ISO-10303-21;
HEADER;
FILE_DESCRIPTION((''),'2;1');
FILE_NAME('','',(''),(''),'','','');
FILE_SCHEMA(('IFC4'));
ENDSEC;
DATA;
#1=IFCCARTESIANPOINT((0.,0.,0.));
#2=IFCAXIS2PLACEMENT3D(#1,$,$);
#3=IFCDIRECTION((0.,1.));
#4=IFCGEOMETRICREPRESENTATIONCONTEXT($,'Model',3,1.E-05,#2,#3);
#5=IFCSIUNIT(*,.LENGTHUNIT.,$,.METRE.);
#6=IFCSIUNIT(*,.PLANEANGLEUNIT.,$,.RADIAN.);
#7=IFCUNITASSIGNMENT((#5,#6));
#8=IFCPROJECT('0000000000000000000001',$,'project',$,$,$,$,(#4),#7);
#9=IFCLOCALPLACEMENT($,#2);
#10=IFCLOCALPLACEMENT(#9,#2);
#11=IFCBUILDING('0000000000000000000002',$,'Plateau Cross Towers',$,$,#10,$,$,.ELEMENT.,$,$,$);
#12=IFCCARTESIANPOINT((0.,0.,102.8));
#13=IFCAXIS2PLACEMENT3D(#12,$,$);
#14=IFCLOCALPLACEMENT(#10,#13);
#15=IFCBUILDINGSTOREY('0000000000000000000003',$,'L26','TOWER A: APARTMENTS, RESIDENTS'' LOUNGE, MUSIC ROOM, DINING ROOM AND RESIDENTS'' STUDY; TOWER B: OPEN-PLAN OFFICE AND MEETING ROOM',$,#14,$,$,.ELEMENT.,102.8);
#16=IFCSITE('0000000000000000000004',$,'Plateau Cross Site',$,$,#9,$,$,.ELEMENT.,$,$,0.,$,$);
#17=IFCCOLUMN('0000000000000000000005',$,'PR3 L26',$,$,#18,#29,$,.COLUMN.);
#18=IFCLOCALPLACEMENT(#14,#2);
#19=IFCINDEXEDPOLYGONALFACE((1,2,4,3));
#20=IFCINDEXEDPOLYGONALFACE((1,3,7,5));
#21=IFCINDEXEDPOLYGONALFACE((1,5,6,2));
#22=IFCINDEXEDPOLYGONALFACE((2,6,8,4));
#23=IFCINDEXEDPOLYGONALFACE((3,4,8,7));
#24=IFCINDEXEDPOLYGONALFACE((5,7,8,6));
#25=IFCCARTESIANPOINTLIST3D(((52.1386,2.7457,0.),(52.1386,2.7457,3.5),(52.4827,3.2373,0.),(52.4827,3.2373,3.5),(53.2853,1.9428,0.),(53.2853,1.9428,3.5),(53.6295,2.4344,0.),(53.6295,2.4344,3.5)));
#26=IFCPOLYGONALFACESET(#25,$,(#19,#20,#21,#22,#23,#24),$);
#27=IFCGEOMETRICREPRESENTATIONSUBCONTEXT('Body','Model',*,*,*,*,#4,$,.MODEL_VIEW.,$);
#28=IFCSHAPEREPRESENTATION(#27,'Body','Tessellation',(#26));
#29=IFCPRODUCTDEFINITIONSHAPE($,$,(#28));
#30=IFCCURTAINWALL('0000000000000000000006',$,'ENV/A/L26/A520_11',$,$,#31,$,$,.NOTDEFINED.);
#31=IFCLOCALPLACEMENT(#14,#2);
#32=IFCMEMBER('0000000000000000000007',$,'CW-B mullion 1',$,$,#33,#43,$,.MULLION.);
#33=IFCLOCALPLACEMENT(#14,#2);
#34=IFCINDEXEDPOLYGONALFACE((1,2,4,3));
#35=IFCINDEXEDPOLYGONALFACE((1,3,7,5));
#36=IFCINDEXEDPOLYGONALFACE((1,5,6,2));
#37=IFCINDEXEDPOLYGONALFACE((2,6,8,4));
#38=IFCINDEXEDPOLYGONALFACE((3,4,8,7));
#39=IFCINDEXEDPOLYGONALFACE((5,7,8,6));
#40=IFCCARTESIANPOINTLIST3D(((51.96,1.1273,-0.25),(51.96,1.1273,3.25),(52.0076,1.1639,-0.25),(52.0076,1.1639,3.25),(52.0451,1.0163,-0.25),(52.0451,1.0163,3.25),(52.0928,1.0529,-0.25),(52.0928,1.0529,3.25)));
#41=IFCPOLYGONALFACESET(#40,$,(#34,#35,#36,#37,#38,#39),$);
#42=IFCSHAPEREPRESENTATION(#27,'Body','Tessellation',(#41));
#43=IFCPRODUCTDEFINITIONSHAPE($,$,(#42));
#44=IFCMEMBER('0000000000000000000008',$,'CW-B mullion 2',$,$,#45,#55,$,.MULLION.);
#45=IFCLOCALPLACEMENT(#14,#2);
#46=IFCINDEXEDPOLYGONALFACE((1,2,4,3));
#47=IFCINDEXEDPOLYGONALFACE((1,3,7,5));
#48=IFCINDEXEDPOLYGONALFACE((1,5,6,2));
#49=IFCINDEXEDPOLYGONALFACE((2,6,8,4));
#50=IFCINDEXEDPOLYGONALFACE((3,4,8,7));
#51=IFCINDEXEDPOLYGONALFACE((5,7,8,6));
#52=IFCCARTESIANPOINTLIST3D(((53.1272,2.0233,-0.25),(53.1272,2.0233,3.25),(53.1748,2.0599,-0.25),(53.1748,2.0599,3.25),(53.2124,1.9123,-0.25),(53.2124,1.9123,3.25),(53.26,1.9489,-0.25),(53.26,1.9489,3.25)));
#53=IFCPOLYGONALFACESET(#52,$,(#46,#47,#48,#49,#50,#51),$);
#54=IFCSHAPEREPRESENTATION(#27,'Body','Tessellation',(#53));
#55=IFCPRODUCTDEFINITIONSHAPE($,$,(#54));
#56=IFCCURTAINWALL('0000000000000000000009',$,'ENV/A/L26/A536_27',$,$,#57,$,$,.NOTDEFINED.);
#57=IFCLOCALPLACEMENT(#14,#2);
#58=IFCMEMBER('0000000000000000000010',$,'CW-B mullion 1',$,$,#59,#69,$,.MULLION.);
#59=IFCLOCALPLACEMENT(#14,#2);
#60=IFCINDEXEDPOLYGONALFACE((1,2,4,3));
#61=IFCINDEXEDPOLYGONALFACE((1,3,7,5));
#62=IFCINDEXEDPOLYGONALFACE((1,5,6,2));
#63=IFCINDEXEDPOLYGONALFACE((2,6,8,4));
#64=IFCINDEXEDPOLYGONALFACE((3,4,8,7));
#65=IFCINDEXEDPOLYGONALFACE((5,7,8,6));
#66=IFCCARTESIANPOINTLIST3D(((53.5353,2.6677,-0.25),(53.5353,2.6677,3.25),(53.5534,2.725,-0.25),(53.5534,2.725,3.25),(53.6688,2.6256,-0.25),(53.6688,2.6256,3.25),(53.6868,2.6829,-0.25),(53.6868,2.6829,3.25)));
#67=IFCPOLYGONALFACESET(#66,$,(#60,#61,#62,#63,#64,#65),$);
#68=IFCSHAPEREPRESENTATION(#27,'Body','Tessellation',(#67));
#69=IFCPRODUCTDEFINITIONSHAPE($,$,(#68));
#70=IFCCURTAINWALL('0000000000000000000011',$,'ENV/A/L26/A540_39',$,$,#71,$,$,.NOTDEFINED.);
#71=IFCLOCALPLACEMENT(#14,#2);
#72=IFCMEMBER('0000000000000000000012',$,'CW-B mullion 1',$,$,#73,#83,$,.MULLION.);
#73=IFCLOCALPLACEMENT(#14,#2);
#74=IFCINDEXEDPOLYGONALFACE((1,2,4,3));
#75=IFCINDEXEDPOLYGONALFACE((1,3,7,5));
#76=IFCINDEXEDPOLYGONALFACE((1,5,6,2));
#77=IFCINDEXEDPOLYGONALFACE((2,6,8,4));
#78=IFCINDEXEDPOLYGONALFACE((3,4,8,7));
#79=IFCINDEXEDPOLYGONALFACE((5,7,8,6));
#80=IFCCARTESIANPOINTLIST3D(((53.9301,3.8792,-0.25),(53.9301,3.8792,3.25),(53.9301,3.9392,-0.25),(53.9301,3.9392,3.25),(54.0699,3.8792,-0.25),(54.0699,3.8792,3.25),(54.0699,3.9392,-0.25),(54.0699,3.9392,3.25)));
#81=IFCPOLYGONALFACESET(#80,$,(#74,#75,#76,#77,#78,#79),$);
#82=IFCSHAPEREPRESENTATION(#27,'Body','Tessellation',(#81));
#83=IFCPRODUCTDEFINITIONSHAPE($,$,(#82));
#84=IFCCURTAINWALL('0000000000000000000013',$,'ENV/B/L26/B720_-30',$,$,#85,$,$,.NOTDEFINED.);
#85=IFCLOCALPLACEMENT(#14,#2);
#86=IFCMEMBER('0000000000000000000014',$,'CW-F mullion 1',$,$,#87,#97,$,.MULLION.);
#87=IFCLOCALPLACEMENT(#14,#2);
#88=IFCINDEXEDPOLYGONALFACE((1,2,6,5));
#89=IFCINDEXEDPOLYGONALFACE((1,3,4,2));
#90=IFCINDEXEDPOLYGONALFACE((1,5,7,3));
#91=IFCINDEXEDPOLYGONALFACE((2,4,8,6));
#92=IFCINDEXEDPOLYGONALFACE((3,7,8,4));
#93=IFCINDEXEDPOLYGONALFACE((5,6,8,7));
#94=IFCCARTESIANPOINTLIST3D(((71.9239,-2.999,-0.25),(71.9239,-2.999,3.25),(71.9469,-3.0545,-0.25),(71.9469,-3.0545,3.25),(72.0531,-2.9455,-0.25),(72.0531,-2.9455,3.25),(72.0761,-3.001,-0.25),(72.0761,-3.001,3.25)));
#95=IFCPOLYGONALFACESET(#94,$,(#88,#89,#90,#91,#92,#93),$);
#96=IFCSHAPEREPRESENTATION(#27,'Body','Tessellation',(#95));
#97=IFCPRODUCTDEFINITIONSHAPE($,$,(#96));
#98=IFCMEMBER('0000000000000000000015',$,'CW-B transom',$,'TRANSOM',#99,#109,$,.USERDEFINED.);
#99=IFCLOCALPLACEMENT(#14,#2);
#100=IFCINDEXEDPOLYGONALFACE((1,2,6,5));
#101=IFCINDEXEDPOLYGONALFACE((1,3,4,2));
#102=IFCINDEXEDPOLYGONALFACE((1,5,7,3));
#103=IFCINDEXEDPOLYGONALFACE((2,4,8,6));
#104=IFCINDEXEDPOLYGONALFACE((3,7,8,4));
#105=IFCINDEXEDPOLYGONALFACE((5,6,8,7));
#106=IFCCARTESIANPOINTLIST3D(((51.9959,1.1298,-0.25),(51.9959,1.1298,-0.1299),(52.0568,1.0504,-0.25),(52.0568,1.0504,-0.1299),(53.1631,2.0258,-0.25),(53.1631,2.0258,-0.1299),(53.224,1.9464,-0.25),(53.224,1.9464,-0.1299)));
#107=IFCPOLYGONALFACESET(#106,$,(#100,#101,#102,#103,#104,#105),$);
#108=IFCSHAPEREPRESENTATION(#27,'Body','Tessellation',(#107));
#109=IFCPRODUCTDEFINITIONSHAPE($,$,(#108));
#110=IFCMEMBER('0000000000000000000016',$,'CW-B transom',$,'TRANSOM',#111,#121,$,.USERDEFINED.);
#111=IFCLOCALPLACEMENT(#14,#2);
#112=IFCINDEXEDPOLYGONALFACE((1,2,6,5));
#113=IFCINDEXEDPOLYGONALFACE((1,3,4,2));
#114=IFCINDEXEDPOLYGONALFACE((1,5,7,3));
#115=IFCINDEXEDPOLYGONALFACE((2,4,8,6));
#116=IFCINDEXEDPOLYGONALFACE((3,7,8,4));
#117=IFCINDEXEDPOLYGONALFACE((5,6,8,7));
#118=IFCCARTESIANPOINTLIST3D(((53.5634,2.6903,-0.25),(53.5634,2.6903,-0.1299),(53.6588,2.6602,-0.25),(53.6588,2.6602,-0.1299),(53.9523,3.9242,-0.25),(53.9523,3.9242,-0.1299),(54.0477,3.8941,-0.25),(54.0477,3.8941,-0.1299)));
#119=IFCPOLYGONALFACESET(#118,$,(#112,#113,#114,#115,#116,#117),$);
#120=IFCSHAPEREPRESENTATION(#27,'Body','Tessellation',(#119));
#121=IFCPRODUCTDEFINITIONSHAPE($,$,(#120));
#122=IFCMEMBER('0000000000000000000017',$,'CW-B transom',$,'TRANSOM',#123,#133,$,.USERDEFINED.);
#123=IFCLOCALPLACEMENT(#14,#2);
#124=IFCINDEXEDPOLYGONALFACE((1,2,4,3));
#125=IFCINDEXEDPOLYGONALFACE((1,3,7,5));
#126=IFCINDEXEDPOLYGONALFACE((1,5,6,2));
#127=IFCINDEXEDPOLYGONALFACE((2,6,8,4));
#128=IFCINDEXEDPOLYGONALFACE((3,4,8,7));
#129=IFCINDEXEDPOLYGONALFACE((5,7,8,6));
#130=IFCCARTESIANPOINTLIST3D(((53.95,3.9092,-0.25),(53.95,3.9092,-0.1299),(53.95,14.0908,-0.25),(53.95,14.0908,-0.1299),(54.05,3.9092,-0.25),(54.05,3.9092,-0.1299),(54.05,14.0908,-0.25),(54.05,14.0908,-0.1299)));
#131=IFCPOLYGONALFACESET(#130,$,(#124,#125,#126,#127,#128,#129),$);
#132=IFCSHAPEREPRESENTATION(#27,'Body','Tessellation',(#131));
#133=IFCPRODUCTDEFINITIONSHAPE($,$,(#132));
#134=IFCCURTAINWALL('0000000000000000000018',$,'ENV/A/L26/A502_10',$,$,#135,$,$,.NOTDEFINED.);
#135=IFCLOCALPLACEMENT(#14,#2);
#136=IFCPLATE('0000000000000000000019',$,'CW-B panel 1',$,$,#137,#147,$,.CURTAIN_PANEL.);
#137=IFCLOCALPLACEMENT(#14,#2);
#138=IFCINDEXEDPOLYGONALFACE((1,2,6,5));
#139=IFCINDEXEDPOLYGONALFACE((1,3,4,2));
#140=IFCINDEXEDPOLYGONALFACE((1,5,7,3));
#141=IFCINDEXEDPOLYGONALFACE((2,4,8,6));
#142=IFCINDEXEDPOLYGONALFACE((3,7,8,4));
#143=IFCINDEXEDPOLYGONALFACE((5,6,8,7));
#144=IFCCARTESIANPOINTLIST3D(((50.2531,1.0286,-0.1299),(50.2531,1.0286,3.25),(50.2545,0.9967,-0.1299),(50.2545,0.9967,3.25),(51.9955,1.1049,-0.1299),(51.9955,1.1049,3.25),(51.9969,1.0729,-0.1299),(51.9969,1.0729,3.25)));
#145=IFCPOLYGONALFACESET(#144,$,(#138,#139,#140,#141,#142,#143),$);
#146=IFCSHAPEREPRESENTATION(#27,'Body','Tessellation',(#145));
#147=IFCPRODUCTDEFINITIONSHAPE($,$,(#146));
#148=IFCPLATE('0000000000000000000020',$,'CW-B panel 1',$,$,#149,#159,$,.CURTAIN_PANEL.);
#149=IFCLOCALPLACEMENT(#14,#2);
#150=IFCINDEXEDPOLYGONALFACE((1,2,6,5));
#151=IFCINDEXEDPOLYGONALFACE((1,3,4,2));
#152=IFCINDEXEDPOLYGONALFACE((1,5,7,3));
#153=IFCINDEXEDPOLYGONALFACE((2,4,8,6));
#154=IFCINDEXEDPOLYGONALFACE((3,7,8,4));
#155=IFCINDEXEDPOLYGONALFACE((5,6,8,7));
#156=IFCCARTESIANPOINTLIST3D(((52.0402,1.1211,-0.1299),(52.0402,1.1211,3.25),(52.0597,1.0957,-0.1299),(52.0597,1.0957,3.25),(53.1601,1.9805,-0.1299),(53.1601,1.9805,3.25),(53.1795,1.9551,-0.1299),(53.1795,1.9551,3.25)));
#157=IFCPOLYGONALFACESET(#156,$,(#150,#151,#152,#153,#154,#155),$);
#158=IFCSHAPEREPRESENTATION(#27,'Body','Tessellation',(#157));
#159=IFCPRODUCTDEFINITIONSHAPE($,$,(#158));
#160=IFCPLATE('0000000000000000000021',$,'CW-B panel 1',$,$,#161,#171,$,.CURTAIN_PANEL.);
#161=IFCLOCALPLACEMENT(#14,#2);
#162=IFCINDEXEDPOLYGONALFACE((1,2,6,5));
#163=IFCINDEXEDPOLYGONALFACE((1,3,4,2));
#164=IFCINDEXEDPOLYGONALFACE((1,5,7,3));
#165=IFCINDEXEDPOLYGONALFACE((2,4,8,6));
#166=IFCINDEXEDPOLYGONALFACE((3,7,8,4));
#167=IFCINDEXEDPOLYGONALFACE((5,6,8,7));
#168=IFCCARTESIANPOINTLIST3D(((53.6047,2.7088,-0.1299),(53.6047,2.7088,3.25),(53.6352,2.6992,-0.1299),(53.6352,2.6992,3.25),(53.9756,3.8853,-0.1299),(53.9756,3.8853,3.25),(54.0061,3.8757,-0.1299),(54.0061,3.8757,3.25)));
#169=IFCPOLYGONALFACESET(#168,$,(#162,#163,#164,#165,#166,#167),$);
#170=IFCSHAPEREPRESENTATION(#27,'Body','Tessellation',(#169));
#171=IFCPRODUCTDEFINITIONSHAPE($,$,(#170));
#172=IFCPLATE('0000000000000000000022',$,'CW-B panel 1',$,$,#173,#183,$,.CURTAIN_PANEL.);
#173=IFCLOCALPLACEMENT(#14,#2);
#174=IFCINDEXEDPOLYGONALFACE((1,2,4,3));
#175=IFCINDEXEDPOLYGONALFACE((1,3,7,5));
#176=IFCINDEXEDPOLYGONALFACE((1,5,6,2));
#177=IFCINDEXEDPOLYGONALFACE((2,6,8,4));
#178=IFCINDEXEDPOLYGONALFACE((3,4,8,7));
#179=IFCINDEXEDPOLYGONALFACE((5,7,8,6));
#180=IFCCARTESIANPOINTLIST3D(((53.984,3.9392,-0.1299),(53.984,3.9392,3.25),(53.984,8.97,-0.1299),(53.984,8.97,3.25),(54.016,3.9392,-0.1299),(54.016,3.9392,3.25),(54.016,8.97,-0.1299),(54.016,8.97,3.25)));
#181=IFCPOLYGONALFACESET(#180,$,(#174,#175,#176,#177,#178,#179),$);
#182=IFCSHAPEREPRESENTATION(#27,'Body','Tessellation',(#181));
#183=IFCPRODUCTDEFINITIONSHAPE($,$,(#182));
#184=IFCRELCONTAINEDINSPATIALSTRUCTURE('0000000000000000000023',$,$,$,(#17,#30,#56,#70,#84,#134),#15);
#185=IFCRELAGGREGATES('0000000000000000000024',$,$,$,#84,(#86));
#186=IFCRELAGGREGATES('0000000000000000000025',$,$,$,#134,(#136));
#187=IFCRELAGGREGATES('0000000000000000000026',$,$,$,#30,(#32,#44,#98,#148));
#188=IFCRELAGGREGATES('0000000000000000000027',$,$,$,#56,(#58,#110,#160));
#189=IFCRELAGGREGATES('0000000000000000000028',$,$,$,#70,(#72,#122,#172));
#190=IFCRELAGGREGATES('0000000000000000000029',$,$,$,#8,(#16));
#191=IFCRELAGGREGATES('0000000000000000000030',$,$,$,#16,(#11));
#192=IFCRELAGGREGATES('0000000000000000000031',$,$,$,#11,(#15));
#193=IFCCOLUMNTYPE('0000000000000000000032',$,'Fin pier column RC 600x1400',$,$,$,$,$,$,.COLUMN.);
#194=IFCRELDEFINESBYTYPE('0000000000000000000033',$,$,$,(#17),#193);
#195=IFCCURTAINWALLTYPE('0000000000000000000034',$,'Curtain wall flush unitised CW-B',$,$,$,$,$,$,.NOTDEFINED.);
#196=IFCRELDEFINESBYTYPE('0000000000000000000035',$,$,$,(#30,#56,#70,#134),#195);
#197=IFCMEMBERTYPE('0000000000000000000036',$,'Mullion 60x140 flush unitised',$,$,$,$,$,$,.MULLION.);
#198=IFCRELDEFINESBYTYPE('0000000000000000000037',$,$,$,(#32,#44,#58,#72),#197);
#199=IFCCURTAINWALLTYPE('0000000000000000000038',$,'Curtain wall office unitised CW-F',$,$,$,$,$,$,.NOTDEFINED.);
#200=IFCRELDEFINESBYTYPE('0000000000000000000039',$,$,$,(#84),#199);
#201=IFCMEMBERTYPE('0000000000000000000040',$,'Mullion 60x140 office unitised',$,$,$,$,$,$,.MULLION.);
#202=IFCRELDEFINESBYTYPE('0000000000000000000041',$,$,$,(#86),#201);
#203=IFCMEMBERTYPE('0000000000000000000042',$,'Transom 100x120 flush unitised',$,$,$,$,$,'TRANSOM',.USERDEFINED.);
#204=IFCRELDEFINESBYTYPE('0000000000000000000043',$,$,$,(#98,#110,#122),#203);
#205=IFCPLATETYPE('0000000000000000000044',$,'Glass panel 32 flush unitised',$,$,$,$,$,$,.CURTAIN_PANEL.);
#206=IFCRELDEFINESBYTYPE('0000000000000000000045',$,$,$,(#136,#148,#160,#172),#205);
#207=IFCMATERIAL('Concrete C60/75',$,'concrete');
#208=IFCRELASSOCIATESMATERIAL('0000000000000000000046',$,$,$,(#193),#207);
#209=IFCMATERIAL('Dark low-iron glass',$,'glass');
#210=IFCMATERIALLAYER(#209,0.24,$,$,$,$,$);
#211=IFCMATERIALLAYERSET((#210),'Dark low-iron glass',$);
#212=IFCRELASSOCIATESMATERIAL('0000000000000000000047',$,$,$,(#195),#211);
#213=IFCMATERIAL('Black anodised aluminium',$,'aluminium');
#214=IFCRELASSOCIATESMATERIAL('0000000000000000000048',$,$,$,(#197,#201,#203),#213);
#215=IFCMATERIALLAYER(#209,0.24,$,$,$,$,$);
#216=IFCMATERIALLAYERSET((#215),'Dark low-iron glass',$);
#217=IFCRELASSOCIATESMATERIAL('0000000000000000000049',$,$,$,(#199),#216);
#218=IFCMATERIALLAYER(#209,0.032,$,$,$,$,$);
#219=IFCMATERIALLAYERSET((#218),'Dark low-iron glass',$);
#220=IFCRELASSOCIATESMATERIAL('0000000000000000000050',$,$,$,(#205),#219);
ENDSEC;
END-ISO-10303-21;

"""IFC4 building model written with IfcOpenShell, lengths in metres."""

from ifc_helpers import new_model, si_unit, direction, frame, origin, origin_2d, place, context, subcontext, project, spatial, rectangle, extrude, material, layer, layer_set, material_profile, profile_set, type_object, element, aggregate, save


model = new_model("IFC4")

# Units and contexts
model_context = context("Model", 3, precision=1e-05, world=origin(), true_north=direction((0.0, 1.0)))
body_context = subcontext(model_context, "Body", "Model", "MODEL_VIEW")
ifc_project = project(units=[si_unit("LENGTHUNIT", "METRE"), si_unit("PLANEANGLEUNIT", "RADIAN")], contexts=[model_context])

# Site, building, storey
site_placement = place(None, origin())
site = spatial("IfcSite", under=ifc_project, at=site_placement, Name="Plateau Cross Site", CompositionType="ELEMENT", RefElevation=0.0)
building_placement = place(site_placement, origin())
building = spatial("IfcBuilding", under=site, at=building_placement, Name="Plateau Cross Towers", CompositionType="ELEMENT")
storey_placement = place(building_placement, frame((0.0, 0.0, 102.8)))
storey = spatial("IfcBuildingStorey", under=building, at=storey_placement, Name="L26", Description="TOWER A: APARTMENTS, RESIDENTS' LOUNGE, MUSIC ROOM, DINING ROOM AND RESIDENTS' STUDY; TOWER B: OPEN-PLAN OFFICE AND MEETING ROOM", CompositionType="ELEMENT", Elevation=102.8)

# Column
ifc_material_1 = material(Name="Concrete C60/75", Category="concrete")
ifc_material_profile_1 = material_profile(ifc_material_1, rectangle(XDim=0.6001, YDim=1.3999, at=origin_2d()), Name="RC 600x1400")
ifc_profile_set_1 = profile_set([ifc_material_profile_1], Name="Concrete C60/75")
column_type = type_object("IfcColumnType", Name="Fin pier column RC 600x1400", PredefinedType="COLUMN", material=ifc_profile_set_1)
column_placement = place(storey_placement, frame((52.884, 2.5901, 0.0), z_axis=(0.0, 0.0, 1.0), x_axis=(0.573543, 0.819176, 0.0)))
element("IfcColumn", 1, at=column_placement, inside=storey, type_object=column_type, Name="PR3 L26", PredefinedType="COLUMN", context=body_context, shape_type="SweptSolid", body=[
    extrude(rectangle(XDim=0.6001, YDim=1.3999, at=origin_2d()), origin(), (0.0, 0.0, 1.0), 3.5),
])

# Curtain wall, members
ifc_material_2 = material(Name="Dark low-iron glass", Category="glass")
ifc_layer_1 = layer(ifc_material_2, 0.24)
ifc_layer_set_1 = layer_set([ifc_layer_1], Name="Dark low-iron glass")
curtain_wall_type_1 = type_object("IfcCurtainWallType", Name="Curtain wall flush unitised CW-B", PredefinedType="NOTDEFINED", material=ifc_layer_set_1)
curtain_wall_1_placement = place(storey_placement, origin())
curtain_wall_1 = element("IfcCurtainWall", 2, at=curtain_wall_1_placement, inside=storey, type_object=curtain_wall_type_1, Name="ENV/A/L26/A520_11", PredefinedType="NOTDEFINED")
ifc_material_3 = material(Name="Black anodised aluminium", Category="aluminium")
ifc_material_profile_2 = material_profile(ifc_material_3, rectangle(XDim=0.0601, YDim=0.1399, at=origin_2d()), Name="MULLION 60x140")
ifc_profile_set_2 = profile_set([ifc_material_profile_2], Name="Black anodised aluminium")
member_type_1 = type_object("IfcMemberType", Name="Mullion 60x140 flush unitised", PredefinedType="MULLION", material=ifc_profile_set_2)
member_1_placement = place(storey_placement, frame((52.0264, 1.0901, -0.25), z_axis=(0.0, 0.0, 1.0), x_axis=(0.793316, 0.608811, 0.0)))
member_1 = element("IfcMember", 3, at=member_1_placement, type_object=member_type_1, Name="CW-B mullion 1", PredefinedType="MULLION", context=body_context, shape_type="SweptSolid", body=[
    extrude(rectangle(XDim=0.0601, YDim=0.1399, at=origin_2d()), origin(), (0.0, 0.0, 1.0), 3.5),
])
member_2_placement = place(storey_placement, frame((53.1936, 1.9861, -0.25), z_axis=(0.0, 0.0, 1.0), x_axis=(0.793316, 0.608811, 0.0)))
member_2 = element("IfcMember", 4, at=member_2_placement, type_object=member_type_1, Name="CW-B mullion 2", PredefinedType="MULLION", context=body_context, shape_type="SweptSolid", body=[
    extrude(rectangle(XDim=0.0601, YDim=0.1399, at=origin_2d()), origin(), (0.0, 0.0, 1.0), 3.5),
])

# Curtain walls, members
curtain_wall_2_placement = place(storey_placement, origin())
curtain_wall_2 = element("IfcCurtainWall", 5, at=curtain_wall_2_placement, inside=storey, type_object=curtain_wall_type_1, Name="ENV/A/L26/A536_27", PredefinedType="NOTDEFINED")
member_3_placement = place(storey_placement, frame((53.6111, 2.6753, -0.25), z_axis=(0.0, 0.0, 1.0), x_axis=(0.300686, 0.953723, 0.0)))
member_3 = element("IfcMember", 6, at=member_3_placement, type_object=member_type_1, Name="CW-B mullion 1", PredefinedType="MULLION", context=body_context, shape_type="SweptSolid", body=[
    extrude(rectangle(XDim=0.0601, YDim=0.1399, at=origin_2d()), origin(), (0.0, 0.0, 1.0), 3.5),
])
curtain_wall_3_placement = place(storey_placement, origin())
curtain_wall_3 = element("IfcCurtainWall", 7, at=curtain_wall_3_placement, inside=storey, type_object=curtain_wall_type_1, Name="ENV/A/L26/A540_39", PredefinedType="NOTDEFINED")
member_4_placement = place(storey_placement, frame((54.0, 3.9092, -0.25), z_axis=(0.0, 0.0, 1.0), x_axis=(0.0, 1.0, 0.0)))
member_4 = element("IfcMember", 8, at=member_4_placement, type_object=member_type_1, Name="CW-B mullion 1", PredefinedType="MULLION", context=body_context, shape_type="SweptSolid", body=[
    extrude(rectangle(XDim=0.0601, YDim=0.1399, at=origin_2d()), origin(), (0.0, 0.0, 1.0), 3.5),
])
ifc_layer_2 = layer(ifc_material_2, 0.24)
ifc_layer_set_2 = layer_set([ifc_layer_2], Name="Dark low-iron glass")
curtain_wall_type_2 = type_object("IfcCurtainWallType", Name="Curtain wall office unitised CW-F", PredefinedType="NOTDEFINED", material=ifc_layer_set_2)
curtain_wall_4_placement = place(storey_placement, origin())
curtain_wall_4 = element("IfcCurtainWall", 9, at=curtain_wall_4_placement, inside=storey, type_object=curtain_wall_type_2, Name="ENV/B/L26/B720_-30", PredefinedType="NOTDEFINED")
ifc_material_profile_3 = material_profile(ifc_material_3, rectangle(XDim=0.0601, YDim=0.1399, at=origin_2d()), Name="MULLION 60x140")
ifc_profile_set_3 = profile_set([ifc_material_profile_3], Name="Black anodised aluminium")
member_type_2 = type_object("IfcMemberType", Name="Mullion 60x140 office unitised", PredefinedType="MULLION", material=ifc_profile_set_3)
member_5_placement = place(storey_placement, frame((72.0, -3.0, -0.25), z_axis=(0.0, 0.0, 1.0), x_axis=(0.382684, -0.923879, 0.0)))
member_5 = element("IfcMember", 10, at=member_5_placement, type_object=member_type_2, Name="CW-F mullion 1", PredefinedType="MULLION", context=body_context, shape_type="SweptSolid", body=[
    extrude(rectangle(XDim=0.0601, YDim=0.1399, at=origin_2d()), origin(), (0.0, 0.0, 1.0), 3.5),
])
aggregate(curtain_wall_4, [member_5])

# Members
ifc_material_profile_4 = material_profile(ifc_material_3, rectangle(XDim=0.1001, YDim=0.1201, at=origin_2d()), Name="TRANSOM 100x120")
ifc_profile_set_4 = profile_set([ifc_material_profile_4], Name="Black anodised aluminium")
member_type_3 = type_object("IfcMemberType", Name="Transom 100x120 flush unitised", ElementType="TRANSOM", PredefinedType="USERDEFINED", material=ifc_profile_set_4)
member_6_placement = place(storey_placement, frame((52.0264, 1.0901, -0.1899), z_axis=(0.79324, 0.608909, 0.0), x_axis=(-0.608909, 0.79324, 0.0)))
member_6 = element("IfcMember", 11, at=member_6_placement, type_object=member_type_3, Name="CW-B transom", ObjectType="TRANSOM", PredefinedType="USERDEFINED", context=body_context, shape_type="SweptSolid", body=[
    extrude(rectangle(XDim=0.1001, YDim=0.1201, at=origin_2d()), origin(), (0.0, 0.0, 1.0), 1.4714),
])
member_7_placement = place(storey_placement, frame((53.6111, 2.6753, -0.1899), z_axis=(0.300617, 0.953745, 0.0), x_axis=(-0.953745, 0.300617, 0.0)))
member_7 = element("IfcMember", 12, at=member_7_placement, type_object=member_type_3, Name="CW-B transom", ObjectType="TRANSOM", PredefinedType="USERDEFINED", context=body_context, shape_type="SweptSolid", body=[
    extrude(rectangle(XDim=0.1001, YDim=0.1201, at=origin_2d()), origin(), (0.0, 0.0, 1.0), 1.2937),
])
member_8_placement = place(storey_placement, frame((54.0, 3.9092, -0.1899), z_axis=(0.0, 1.0, 0.0), x_axis=(-1.0, 0.0, 0.0)))
member_8 = element("IfcMember", 13, at=member_8_placement, type_object=member_type_3, Name="CW-B transom", ObjectType="TRANSOM", PredefinedType="USERDEFINED", context=body_context, shape_type="SweptSolid", body=[
    extrude(rectangle(XDim=0.1001, YDim=0.1201, at=origin_2d()), origin(), (0.0, 0.0, 1.0), 10.1816),
])

# Curtain wall, plate
curtain_wall_5_placement = place(storey_placement, origin())
curtain_wall_5 = element("IfcCurtainWall", 14, at=curtain_wall_5_placement, inside=storey, type_object=curtain_wall_type_1, Name="ENV/A/L26/A502_10", PredefinedType="NOTDEFINED")
ifc_layer_3 = layer(ifc_material_2, 0.032)
ifc_layer_set_3 = layer_set([ifc_layer_3], Name="Dark low-iron glass")
plate_type = type_object("IfcPlateType", Name="Glass panel 32 flush unitised", PredefinedType="CURTAIN_PANEL", material=ifc_layer_set_3)
plate_1_placement = place(storey_placement, frame((51.125, 1.0508, -0.1299), z_axis=(0.0, 0.0, 1.0), x_axis=(0.999044, 0.043723, 0.0)))
plate_1 = element("IfcPlate", 15, at=plate_1_placement, type_object=plate_type, Name="CW-B panel 1", PredefinedType="CURTAIN_PANEL", context=body_context, shape_type="SweptSolid", body=[
    extrude(rectangle(XDim=1.7441, YDim=0.032, at=origin_2d()), origin(), (0.0, 0.0, 1.0), 3.3799),
])
aggregate(curtain_wall_5, [plate_1])

# Plates
plate_2_placement = place(storey_placement, frame((52.6099, 1.5381, -0.1299), z_axis=(0.0, 0.0, 1.0), x_axis=(0.793316, 0.608811, 0.0)))
plate_2 = element("IfcPlate", 16, at=plate_2_placement, type_object=plate_type, Name="CW-B panel 1", PredefinedType="CURTAIN_PANEL", context=body_context, shape_type="SweptSolid", body=[
    extrude(rectangle(XDim=1.4116, YDim=0.032, at=origin_2d()), origin(), (0.0, 0.0, 1.0), 3.3799),
])
aggregate(curtain_wall_1, [member_1, member_2, member_6, plate_2])
plate_3_placement = place(storey_placement, frame((53.8054, 3.2922, -0.1299), z_axis=(0.0, 0.0, 1.0), x_axis=(0.300686, 0.953723, 0.0)))
plate_3 = element("IfcPlate", 17, at=plate_3_placement, type_object=plate_type, Name="CW-B panel 1", PredefinedType="CURTAIN_PANEL", context=body_context, shape_type="SweptSolid", body=[
    extrude(rectangle(XDim=1.2336, YDim=0.032, at=origin_2d()), origin(), (0.0, 0.0, 1.0), 3.3799),
])
aggregate(curtain_wall_2, [member_3, member_7, plate_3])
plate_4_placement = place(storey_placement, frame((54.0, 6.4546, -0.1299), z_axis=(0.0, 0.0, 1.0), x_axis=(0.0, 1.0, 0.0)))
plate_4 = element("IfcPlate", 18, at=plate_4_placement, type_object=plate_type, Name="CW-B panel 1", PredefinedType="CURTAIN_PANEL", context=body_context, shape_type="SweptSolid", body=[
    extrude(rectangle(XDim=5.0308, YDim=0.032, at=origin_2d()), origin(), (0.0, 0.0, 1.0), 3.3799),
])
aggregate(curtain_wall_3, [member_4, member_8, plate_4])

save(model, "model.ifc")
